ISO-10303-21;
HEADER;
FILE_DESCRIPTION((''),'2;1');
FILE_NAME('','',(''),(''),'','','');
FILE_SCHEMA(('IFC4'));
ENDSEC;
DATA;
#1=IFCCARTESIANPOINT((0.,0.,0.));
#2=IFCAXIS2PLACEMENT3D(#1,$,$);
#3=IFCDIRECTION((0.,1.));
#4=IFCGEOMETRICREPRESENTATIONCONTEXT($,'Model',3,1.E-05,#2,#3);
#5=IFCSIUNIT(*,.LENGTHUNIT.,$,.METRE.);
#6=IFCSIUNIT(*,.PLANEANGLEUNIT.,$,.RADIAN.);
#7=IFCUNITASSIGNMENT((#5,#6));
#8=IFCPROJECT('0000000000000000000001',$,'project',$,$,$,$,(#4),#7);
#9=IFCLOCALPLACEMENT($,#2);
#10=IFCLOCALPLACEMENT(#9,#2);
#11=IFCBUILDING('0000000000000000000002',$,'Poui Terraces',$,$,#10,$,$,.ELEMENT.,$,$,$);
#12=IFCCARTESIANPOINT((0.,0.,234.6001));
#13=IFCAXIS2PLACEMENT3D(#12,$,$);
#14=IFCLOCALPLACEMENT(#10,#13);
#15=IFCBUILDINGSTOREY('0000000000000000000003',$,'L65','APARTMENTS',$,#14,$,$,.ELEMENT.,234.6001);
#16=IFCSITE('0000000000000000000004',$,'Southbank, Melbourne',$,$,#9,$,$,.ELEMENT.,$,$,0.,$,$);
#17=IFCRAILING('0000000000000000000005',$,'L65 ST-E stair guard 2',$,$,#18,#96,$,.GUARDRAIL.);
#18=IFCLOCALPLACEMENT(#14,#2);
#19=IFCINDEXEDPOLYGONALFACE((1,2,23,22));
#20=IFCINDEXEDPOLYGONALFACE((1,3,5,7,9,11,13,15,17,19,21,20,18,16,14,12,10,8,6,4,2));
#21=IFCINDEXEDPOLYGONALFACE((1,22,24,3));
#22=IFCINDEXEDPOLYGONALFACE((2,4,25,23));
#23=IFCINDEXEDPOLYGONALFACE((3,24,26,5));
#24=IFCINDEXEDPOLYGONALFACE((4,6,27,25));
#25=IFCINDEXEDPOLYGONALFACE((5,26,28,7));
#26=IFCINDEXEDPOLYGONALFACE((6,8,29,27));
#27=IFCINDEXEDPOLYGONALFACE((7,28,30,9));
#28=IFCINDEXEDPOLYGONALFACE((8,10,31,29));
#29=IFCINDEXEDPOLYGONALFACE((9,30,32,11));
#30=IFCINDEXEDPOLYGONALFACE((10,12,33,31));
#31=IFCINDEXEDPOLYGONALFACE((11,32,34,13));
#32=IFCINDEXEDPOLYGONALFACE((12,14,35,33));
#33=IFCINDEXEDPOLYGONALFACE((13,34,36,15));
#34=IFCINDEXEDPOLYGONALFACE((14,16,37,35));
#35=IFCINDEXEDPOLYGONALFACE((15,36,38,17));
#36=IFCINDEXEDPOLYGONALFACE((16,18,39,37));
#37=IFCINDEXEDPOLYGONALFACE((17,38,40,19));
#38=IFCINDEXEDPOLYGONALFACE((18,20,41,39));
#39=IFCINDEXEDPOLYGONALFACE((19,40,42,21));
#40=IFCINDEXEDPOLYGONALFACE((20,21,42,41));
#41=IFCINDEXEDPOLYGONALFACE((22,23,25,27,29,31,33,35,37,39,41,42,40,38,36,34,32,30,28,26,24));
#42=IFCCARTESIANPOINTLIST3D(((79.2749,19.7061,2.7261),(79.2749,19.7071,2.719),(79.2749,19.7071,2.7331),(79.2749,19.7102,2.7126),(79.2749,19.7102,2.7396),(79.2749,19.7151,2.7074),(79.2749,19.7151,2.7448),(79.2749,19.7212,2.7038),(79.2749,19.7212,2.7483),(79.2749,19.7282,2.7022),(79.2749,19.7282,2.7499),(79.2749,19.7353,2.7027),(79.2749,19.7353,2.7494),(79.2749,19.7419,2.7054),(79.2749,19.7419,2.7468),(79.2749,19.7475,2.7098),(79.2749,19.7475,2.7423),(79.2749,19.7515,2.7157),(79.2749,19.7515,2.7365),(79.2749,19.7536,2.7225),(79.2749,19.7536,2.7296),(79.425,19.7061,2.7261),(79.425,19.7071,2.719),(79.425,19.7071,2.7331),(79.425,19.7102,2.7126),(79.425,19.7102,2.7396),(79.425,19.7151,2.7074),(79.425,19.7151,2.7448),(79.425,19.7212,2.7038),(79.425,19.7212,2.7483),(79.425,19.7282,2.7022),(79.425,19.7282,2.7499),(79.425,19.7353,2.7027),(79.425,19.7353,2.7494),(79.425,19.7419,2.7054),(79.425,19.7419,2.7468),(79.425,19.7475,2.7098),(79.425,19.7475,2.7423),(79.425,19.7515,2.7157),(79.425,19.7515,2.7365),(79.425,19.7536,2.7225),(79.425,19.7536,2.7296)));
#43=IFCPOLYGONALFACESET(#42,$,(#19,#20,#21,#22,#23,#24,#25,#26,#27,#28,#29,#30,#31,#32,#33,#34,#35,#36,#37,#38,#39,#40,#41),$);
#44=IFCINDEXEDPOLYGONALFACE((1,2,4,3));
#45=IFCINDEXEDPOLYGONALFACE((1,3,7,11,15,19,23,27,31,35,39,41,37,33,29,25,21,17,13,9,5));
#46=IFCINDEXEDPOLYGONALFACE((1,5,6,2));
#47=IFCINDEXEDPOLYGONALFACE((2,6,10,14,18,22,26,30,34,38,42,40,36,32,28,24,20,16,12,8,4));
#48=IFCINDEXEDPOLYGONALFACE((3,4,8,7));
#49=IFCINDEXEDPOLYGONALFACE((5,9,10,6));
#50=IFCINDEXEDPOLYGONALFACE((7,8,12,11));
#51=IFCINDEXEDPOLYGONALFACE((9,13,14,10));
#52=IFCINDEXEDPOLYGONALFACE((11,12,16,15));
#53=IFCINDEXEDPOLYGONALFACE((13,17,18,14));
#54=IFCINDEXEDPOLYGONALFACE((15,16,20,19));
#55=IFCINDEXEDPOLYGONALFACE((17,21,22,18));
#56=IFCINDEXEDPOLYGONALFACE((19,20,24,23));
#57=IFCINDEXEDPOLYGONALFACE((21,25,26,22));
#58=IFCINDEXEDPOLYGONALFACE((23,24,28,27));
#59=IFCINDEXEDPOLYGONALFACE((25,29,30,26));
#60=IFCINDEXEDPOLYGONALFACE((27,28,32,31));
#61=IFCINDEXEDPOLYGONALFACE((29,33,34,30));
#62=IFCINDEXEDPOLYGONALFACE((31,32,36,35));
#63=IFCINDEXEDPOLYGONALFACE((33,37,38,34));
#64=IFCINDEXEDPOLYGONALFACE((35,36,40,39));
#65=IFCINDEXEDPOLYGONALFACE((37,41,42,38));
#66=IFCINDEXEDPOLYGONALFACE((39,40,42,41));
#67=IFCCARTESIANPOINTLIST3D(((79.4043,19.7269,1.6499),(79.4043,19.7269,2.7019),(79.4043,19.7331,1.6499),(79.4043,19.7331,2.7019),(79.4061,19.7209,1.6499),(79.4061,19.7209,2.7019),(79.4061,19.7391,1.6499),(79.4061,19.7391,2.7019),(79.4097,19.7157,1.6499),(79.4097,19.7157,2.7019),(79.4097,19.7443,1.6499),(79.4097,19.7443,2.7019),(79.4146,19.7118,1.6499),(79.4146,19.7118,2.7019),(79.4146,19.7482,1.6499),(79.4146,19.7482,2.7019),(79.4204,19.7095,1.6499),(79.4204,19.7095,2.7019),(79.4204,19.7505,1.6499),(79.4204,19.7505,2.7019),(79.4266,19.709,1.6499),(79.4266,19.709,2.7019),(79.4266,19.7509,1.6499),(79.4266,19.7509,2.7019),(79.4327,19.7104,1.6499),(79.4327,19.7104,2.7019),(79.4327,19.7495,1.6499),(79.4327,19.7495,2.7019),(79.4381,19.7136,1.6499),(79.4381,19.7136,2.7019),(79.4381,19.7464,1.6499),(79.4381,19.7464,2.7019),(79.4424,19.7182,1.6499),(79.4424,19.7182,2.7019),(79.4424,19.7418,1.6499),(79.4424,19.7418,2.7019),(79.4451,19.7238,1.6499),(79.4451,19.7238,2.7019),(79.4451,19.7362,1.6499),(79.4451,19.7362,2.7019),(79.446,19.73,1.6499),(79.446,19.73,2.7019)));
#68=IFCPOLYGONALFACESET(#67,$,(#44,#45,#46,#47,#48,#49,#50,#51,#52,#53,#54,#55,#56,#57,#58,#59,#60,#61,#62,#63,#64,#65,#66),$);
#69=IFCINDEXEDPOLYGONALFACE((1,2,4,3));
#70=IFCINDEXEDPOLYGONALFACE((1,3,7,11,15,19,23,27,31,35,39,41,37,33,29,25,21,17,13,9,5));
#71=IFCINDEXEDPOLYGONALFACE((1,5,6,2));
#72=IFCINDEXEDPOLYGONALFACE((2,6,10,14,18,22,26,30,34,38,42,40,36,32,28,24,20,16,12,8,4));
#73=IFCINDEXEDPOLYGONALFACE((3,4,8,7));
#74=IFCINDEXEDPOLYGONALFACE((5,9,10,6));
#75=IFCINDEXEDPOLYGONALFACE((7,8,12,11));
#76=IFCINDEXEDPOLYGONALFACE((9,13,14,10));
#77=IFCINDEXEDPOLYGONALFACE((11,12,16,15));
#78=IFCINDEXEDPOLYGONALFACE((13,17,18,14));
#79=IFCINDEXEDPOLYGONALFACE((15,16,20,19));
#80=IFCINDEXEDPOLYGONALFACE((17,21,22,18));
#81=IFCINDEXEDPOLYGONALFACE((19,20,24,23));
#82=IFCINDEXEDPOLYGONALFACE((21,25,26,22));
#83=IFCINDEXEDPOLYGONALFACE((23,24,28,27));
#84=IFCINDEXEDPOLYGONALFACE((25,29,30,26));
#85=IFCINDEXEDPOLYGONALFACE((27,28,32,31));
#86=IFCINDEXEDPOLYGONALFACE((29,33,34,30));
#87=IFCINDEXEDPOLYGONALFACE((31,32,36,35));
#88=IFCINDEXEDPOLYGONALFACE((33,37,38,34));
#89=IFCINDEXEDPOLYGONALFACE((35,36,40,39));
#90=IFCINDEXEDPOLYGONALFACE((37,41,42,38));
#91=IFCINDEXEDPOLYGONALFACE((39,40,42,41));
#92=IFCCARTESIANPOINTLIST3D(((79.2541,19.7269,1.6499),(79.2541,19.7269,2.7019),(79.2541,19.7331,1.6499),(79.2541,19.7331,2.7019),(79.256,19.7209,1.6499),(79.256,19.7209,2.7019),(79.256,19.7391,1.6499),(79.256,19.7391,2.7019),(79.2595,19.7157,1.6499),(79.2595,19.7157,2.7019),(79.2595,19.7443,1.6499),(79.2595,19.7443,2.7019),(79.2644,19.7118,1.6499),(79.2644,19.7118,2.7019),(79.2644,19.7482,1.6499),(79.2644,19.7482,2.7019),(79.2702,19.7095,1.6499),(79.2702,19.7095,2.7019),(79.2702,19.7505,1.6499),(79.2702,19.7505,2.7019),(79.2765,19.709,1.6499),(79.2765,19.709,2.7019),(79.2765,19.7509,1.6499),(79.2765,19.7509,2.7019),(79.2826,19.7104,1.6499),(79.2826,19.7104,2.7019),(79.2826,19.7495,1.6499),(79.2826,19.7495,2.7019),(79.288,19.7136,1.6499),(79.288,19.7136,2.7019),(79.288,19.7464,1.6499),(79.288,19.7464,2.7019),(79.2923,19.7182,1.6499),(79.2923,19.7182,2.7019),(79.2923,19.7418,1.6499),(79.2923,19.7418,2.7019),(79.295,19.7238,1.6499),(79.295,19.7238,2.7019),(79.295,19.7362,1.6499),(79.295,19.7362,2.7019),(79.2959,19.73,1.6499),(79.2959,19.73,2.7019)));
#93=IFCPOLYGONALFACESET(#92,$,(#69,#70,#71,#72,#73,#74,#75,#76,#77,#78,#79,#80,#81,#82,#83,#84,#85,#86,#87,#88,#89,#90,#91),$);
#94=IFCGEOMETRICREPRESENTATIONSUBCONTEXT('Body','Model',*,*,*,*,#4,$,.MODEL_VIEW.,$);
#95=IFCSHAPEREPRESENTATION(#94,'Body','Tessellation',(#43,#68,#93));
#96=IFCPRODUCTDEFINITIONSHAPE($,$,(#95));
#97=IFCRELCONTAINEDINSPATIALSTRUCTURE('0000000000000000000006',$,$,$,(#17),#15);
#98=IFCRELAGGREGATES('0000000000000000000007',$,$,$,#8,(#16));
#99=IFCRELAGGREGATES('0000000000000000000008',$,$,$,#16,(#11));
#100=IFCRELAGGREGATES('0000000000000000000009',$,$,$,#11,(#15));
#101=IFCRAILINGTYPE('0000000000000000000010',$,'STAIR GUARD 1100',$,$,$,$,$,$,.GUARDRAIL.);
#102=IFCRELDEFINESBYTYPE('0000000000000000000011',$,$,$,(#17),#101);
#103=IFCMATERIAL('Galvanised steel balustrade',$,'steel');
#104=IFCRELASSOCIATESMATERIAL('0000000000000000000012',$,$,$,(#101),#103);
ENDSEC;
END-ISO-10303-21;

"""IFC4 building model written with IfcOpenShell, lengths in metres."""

from ifc_helpers import new_model, si_unit, direction, frame, origin, origin_2d, place, context, subcontext, project, spatial, circle, extrude, material, type_object, element, save


model = new_model("IFC4")

# Units and contexts
model_context = context("Model", 3, precision=1e-05, world=origin(), true_north=direction((0.0, 1.0)))
body_context = subcontext(model_context, "Body", "Model", "MODEL_VIEW")
ifc_project = project(units=[si_unit("LENGTHUNIT", "METRE"), si_unit("PLANEANGLEUNIT", "RADIAN")], contexts=[model_context])

# Site, building, storey
site_placement = place(None, origin())
site = spatial("IfcSite", under=ifc_project, at=site_placement, Name="Southbank, Melbourne", CompositionType="ELEMENT", RefElevation=0.0)
building_placement = place(site_placement, origin())
building = spatial("IfcBuilding", under=site, at=building_placement, Name="Poui Terraces", CompositionType="ELEMENT")
storey_placement = place(building_placement, frame((0.0, 0.0, 234.6001)))
storey = spatial("IfcBuildingStorey", under=building, at=storey_placement, Name="L65", Description="APARTMENTS", CompositionType="ELEMENT", Elevation=234.6001)

# Railing
ifc_material_1 = material(Name="Galvanised steel balustrade", Category="steel")
railing_type = type_object("IfcRailingType", Name="STAIR GUARD 1100", PredefinedType="GUARDRAIL", material=ifc_material_1)
for number, where, name in (
    (1, (79.425, 19.73, 1.6499), "L65 ST-E stair guard 2"),
):
    element("IfcRailing", number, at=place(storey_placement, frame(where)), inside=storey, type_object=railing_type, Name=name, PredefinedType="GUARDRAIL", context=body_context, shape_type="SweptSolid", body=[
        extrude(circle(Radius=0.0239, at=origin_2d()), frame((0.0, 0.0, 1.0762), z_axis=(-1.0, 0.0, 0.0), x_axis=(0.0, -1.0, 0.0)), (0.0, 0.0, 1.0), 0.1501),
        extrude(circle(Radius=0.021, at=origin_2d()), origin(), (0.0, 0.0, 1.0), 1.052),
        extrude(circle(Radius=0.021, at=origin_2d()), frame((-0.1501, 0.0, 0.0)), (0.0, 0.0, 1.0), 1.052),
    ])

save(model, "model.ifc")
